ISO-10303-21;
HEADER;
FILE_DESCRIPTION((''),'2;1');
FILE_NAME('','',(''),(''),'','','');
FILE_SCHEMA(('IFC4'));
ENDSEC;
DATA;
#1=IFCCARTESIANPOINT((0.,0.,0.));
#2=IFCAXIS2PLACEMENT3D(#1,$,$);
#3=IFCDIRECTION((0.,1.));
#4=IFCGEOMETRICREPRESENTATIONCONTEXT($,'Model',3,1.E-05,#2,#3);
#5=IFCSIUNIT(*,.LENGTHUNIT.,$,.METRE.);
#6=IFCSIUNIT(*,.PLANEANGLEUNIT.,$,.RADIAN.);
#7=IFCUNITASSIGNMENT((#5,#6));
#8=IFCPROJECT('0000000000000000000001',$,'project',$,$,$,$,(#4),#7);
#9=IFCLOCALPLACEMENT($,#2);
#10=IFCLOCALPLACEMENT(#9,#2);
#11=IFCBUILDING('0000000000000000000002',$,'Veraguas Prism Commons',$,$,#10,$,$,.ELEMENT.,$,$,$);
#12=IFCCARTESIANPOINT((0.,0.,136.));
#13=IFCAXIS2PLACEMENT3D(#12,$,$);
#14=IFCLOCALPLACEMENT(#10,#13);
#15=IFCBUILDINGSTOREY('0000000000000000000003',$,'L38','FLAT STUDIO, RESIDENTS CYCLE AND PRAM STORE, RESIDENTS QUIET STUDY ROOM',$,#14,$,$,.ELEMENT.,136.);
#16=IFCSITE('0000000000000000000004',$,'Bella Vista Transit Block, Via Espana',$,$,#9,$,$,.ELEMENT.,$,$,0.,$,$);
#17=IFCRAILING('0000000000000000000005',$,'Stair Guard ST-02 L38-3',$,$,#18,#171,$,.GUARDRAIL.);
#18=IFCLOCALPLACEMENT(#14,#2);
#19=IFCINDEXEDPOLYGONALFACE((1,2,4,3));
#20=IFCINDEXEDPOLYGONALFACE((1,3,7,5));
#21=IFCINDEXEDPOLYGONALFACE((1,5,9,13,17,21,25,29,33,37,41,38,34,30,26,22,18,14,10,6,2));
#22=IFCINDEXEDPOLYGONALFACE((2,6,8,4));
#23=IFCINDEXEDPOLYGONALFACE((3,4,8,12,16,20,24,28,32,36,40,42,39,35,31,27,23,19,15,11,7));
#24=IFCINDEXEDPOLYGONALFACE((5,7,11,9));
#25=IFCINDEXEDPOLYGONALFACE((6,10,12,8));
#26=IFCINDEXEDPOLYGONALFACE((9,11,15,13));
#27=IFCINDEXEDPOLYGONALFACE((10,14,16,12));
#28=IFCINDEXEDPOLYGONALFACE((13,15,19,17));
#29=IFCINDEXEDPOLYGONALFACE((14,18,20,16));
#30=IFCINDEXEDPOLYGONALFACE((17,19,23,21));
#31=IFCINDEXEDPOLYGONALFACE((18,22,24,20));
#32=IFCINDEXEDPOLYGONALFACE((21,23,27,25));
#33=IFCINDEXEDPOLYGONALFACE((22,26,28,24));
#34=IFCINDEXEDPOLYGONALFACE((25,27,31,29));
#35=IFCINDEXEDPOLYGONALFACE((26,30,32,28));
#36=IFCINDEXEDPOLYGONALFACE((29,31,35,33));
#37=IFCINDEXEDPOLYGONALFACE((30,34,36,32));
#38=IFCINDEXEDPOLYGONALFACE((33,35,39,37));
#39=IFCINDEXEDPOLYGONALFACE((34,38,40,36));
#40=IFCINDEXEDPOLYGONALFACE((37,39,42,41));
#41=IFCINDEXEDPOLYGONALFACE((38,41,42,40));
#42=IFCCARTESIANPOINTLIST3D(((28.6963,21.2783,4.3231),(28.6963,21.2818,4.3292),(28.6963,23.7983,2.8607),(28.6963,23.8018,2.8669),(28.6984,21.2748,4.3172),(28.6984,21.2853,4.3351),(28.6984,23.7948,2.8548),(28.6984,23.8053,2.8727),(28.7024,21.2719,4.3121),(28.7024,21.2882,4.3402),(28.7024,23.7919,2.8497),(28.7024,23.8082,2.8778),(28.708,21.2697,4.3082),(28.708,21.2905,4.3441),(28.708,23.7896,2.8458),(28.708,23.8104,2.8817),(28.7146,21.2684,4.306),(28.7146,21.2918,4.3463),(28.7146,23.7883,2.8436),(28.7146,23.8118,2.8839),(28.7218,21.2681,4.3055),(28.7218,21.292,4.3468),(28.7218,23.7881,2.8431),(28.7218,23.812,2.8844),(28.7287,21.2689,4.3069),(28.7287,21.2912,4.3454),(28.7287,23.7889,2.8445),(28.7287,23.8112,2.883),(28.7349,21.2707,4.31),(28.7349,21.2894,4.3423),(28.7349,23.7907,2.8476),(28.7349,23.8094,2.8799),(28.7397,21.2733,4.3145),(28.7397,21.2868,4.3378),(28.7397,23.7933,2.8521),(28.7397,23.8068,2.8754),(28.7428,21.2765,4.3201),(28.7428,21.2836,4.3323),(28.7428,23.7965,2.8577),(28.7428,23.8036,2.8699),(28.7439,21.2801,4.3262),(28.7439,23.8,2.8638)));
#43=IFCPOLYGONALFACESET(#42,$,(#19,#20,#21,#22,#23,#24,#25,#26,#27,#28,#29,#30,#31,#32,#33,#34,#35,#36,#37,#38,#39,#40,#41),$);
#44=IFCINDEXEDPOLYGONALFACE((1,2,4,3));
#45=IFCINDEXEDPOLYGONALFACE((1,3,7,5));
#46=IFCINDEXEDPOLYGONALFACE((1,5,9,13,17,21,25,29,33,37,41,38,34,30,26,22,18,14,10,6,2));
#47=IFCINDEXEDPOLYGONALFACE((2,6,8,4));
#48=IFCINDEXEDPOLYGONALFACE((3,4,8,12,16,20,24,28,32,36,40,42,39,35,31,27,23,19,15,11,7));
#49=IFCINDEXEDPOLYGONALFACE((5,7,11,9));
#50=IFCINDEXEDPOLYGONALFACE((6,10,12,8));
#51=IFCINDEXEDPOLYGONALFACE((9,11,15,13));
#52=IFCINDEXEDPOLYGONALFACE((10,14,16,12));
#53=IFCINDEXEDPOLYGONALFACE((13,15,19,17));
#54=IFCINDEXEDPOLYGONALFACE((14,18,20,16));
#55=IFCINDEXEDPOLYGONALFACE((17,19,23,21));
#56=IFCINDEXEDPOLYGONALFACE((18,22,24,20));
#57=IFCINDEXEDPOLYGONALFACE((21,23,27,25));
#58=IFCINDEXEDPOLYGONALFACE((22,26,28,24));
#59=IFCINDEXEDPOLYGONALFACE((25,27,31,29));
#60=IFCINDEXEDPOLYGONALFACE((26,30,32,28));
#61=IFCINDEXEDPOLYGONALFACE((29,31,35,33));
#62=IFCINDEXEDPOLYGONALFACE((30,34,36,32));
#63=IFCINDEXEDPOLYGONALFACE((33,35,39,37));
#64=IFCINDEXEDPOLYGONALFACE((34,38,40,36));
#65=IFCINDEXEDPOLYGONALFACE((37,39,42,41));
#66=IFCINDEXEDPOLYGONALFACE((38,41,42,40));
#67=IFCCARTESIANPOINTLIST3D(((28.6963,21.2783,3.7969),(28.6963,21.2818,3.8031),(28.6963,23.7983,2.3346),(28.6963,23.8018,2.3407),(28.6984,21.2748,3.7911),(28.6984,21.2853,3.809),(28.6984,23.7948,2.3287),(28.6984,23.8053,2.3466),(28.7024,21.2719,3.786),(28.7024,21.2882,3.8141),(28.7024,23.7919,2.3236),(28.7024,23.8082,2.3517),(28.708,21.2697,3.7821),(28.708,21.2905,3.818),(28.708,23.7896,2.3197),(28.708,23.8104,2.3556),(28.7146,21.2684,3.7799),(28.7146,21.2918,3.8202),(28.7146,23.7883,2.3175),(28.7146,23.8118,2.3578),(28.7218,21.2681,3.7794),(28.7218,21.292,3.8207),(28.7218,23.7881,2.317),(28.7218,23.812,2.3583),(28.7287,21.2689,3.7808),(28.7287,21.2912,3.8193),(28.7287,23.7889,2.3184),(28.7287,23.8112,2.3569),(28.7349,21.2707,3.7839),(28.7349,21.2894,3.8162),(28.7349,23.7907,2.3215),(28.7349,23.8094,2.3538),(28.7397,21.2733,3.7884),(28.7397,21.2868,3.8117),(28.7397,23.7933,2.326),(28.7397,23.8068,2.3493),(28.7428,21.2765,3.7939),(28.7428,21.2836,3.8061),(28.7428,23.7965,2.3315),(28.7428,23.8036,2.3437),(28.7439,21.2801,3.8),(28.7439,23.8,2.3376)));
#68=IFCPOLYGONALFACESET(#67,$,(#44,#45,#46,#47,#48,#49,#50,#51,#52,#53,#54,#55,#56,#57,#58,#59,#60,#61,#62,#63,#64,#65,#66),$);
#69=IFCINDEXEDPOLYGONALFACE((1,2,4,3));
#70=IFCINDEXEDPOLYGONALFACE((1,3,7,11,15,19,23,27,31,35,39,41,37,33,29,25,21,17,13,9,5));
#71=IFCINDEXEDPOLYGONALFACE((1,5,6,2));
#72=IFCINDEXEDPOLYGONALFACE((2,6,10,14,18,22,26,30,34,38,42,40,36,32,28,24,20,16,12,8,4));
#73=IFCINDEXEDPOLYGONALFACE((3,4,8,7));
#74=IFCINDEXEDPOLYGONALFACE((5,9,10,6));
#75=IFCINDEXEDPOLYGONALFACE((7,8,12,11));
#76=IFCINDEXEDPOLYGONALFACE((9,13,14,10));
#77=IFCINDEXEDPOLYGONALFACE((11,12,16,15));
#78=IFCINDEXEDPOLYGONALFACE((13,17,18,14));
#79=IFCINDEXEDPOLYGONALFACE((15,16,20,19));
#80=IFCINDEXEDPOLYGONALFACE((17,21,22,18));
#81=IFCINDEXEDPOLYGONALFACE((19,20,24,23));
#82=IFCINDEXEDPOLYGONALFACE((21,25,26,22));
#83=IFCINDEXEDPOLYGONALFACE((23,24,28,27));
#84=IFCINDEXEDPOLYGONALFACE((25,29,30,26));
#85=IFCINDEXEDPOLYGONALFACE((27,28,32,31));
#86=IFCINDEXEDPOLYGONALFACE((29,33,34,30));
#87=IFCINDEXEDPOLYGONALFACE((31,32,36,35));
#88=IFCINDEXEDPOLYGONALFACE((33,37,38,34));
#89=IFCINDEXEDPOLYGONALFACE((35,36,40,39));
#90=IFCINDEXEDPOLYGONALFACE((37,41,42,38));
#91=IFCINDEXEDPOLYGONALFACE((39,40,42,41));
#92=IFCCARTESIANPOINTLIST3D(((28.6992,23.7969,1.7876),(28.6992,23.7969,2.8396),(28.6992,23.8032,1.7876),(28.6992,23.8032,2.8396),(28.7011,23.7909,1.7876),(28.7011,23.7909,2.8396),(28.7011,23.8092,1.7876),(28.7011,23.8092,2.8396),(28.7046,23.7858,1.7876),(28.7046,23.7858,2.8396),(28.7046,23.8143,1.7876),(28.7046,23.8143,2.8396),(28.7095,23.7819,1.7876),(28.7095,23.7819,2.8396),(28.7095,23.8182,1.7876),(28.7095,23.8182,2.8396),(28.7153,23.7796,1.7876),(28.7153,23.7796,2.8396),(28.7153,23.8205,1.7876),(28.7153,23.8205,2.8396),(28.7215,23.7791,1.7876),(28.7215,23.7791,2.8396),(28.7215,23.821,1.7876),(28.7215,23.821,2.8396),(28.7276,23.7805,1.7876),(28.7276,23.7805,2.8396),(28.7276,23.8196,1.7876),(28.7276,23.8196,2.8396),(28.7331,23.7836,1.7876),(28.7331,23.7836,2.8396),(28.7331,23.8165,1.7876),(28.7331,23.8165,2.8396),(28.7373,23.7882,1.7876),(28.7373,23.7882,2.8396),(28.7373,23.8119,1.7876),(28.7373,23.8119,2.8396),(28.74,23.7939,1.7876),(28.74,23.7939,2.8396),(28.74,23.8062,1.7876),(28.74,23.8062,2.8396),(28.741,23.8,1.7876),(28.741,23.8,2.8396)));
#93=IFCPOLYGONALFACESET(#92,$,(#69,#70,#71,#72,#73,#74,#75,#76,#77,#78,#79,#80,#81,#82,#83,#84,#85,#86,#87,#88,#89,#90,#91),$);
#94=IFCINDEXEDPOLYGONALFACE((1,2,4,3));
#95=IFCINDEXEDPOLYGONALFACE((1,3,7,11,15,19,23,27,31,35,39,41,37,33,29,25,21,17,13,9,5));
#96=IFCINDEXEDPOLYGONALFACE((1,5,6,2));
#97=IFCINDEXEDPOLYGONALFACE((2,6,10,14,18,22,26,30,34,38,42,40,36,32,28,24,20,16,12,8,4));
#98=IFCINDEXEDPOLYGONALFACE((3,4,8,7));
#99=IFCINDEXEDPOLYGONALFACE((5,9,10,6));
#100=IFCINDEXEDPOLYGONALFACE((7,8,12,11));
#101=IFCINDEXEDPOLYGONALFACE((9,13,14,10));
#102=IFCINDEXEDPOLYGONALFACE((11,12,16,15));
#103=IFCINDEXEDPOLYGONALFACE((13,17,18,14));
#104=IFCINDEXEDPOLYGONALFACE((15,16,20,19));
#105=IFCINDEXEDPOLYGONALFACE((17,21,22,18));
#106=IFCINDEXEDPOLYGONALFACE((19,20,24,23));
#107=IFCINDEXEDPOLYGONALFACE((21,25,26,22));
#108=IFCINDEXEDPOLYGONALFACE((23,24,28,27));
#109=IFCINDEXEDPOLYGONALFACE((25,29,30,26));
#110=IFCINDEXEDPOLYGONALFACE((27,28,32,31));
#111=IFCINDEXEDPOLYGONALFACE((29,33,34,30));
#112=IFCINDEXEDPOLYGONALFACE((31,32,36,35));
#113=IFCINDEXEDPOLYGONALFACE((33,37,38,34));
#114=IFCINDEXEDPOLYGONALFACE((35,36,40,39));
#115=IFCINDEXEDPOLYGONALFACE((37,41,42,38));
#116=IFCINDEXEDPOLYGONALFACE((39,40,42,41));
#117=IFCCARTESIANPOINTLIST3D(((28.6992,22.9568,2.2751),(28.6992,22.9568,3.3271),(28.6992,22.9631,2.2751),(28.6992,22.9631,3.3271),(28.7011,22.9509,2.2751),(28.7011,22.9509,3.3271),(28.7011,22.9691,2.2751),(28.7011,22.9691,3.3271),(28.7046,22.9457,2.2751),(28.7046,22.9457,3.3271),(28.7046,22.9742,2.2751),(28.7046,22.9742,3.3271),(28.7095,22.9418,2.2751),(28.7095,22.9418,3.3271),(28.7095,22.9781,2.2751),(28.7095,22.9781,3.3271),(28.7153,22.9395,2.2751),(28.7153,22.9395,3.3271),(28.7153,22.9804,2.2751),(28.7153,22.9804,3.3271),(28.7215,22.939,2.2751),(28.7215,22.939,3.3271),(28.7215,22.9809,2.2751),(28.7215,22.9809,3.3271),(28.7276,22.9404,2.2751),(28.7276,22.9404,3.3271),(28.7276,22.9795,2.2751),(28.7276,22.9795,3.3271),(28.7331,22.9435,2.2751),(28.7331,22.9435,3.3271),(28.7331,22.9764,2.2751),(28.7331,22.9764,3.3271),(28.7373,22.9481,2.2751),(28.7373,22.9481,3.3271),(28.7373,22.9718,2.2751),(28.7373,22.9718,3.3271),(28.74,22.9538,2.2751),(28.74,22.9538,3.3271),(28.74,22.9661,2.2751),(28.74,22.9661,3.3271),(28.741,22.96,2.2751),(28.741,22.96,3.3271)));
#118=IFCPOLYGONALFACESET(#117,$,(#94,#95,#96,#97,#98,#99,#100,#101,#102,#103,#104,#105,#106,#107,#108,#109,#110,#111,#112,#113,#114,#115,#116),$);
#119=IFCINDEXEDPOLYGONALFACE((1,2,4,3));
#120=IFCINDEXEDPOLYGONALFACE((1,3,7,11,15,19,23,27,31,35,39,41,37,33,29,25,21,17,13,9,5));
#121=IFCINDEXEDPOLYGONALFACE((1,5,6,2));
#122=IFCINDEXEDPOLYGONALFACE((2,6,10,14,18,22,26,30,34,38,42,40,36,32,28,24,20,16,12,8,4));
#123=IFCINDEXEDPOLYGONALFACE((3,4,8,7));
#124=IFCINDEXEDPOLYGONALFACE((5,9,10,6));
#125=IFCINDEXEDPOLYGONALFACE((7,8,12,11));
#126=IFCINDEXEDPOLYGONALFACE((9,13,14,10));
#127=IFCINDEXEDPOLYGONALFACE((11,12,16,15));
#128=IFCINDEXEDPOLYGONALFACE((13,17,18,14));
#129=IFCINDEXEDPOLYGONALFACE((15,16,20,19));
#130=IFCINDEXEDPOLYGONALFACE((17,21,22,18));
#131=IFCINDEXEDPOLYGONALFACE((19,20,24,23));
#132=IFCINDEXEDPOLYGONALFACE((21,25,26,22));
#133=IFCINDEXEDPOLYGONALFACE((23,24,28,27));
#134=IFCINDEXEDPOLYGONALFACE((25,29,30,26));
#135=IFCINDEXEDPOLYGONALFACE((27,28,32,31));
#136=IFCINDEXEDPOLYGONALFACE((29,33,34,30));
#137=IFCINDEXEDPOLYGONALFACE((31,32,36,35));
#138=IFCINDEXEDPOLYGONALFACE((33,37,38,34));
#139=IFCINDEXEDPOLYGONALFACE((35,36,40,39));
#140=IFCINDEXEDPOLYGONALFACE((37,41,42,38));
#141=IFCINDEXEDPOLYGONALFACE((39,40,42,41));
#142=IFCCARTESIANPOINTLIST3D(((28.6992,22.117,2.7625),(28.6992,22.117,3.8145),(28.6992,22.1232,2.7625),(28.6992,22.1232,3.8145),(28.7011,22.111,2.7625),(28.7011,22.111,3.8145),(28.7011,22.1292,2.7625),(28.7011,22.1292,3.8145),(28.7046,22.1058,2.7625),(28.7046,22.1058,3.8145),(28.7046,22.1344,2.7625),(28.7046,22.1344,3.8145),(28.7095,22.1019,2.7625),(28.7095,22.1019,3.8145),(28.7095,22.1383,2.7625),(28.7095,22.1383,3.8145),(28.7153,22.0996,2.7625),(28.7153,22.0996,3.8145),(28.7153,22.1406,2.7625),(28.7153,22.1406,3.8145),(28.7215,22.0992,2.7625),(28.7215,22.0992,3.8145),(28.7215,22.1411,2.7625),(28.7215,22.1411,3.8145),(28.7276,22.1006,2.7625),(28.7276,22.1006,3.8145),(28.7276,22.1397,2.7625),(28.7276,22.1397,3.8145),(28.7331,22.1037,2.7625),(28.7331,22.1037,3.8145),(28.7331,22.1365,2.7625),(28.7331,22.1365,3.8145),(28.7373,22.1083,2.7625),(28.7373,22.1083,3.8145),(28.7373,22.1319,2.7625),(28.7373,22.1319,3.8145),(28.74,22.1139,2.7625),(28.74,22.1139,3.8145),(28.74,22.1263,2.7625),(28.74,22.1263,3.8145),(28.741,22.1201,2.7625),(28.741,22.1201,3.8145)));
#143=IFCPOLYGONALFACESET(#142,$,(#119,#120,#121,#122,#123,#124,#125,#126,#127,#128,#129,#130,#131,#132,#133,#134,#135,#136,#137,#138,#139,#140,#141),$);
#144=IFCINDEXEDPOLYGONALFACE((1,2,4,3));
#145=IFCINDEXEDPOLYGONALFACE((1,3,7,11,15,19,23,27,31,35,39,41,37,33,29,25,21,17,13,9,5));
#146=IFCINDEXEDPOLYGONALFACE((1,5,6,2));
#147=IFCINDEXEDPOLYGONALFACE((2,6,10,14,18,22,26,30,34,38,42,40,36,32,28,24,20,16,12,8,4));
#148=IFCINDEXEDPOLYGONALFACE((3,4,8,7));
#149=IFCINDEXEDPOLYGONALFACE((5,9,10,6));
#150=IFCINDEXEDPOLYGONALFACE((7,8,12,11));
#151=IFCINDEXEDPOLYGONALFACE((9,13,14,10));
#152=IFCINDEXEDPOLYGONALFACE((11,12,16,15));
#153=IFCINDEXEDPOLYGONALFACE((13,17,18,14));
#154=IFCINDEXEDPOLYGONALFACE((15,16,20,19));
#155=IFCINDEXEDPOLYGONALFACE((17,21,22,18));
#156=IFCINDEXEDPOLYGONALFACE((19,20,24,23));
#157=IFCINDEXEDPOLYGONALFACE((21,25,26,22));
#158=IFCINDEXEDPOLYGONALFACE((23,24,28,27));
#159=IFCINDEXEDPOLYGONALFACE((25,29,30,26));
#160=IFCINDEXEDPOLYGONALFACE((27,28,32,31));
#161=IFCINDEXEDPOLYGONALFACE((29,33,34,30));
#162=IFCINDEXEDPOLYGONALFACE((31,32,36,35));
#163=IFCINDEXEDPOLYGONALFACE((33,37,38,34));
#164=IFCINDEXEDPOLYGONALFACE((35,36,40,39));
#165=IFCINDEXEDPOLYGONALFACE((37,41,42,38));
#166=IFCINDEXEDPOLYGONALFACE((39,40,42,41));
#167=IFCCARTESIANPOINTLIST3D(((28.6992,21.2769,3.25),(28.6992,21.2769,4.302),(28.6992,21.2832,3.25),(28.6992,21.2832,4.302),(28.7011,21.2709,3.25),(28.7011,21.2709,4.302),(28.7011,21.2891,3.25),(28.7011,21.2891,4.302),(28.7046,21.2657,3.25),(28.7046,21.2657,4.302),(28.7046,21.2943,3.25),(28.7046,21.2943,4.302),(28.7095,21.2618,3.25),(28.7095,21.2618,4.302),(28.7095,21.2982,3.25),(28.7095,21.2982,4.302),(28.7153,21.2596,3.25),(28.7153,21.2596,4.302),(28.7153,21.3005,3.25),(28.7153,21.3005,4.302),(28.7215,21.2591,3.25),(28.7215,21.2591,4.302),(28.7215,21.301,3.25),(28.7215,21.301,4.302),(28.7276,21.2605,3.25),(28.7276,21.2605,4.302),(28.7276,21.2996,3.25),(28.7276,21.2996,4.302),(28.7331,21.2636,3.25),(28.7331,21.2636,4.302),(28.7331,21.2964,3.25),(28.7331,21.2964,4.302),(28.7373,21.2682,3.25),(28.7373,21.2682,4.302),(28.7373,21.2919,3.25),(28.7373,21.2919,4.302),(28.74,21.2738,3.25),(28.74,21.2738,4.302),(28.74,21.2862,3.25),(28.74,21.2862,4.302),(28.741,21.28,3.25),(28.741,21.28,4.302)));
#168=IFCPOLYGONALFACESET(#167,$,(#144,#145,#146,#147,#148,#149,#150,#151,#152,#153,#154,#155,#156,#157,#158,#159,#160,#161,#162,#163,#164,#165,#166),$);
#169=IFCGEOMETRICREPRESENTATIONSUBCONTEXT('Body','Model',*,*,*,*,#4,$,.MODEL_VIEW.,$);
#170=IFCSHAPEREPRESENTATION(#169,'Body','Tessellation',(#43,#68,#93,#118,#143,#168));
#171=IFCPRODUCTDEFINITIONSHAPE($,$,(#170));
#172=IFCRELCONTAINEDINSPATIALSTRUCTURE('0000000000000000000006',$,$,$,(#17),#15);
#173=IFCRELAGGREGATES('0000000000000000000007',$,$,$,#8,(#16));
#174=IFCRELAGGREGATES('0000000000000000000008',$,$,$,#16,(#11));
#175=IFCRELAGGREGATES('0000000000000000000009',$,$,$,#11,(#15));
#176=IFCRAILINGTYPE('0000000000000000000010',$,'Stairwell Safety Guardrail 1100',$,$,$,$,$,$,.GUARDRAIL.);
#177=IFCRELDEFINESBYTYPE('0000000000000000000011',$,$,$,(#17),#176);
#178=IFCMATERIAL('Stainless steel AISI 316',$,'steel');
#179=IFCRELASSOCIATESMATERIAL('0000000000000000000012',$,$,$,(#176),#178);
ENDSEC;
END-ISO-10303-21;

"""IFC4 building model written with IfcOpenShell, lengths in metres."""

from ifc_helpers import new_model, si_unit, direction, frame, origin, origin_2d, place, context, subcontext, project, spatial, circle, extrude, material, type_object, element, save


model = new_model("IFC4")

# Units and contexts
model_context = context("Model", 3, precision=1e-05, world=origin(), true_north=direction((0.0, 1.0)))
body_context = subcontext(model_context, "Body", "Model", "MODEL_VIEW")
ifc_project = project(units=[si_unit("LENGTHUNIT", "METRE"), si_unit("PLANEANGLEUNIT", "RADIAN")], contexts=[model_context])

# Site, building, storey
site_placement = place(None, origin())
site = spatial("IfcSite", under=ifc_project, at=site_placement, Name="Bella Vista Transit Block, Via Espana", CompositionType="ELEMENT", RefElevation=0.0)
building_placement = place(site_placement, origin())
building = spatial("IfcBuilding", under=site, at=building_placement, Name="Veraguas Prism Commons", CompositionType="ELEMENT")
storey_placement = place(building_placement, frame((0.0, 0.0, 136.0)))
storey = spatial("IfcBuildingStorey", under=building, at=storey_placement, Name="L38", Description="FLAT STUDIO, RESIDENTS CYCLE AND PRAM STORE, RESIDENTS QUIET STUDY ROOM", CompositionType="ELEMENT", Elevation=136.0)

# Shared definitions
ifc_material_1 = material(Name="Stainless steel AISI 316", Category="steel")

# Railing
railing_type_1 = type_object("IfcRailingType", Name="Stairwell Safety Guardrail 1100", PredefinedType="GUARDRAIL", material=ifc_material_1)
railing_1_placement = place(storey_placement, frame((28.72, 23.8, 1.7876)))
element("IfcRailing", 1, at=railing_1_placement, inside=storey, type_object=railing_type_1, Name="Stair Guard ST-02 L38-3", PredefinedType="GUARDRAIL", context=body_context, shape_type="SweptSolid", body=[
    extrude(circle(Radius=0.0239, at=origin_2d()), frame((0.0, 0.0, 1.0762), z_axis=(0.0, -0.864913, 0.501921), x_axis=(1.0, 0.0, 0.0)), (0.0, 0.0, 1.0), 2.9136),
    extrude(circle(Radius=0.0239, at=origin_2d()), frame((0.0, 0.0, 0.55), z_axis=(0.0, -0.864913, 0.501921), x_axis=(1.0, 0.0, 0.0)), (0.0, 0.0, 1.0), 2.9136),
    extrude(circle(Radius=0.021, at=origin_2d()), origin(), (0.0, 0.0, 1.0), 1.052),
    extrude(circle(Radius=0.021, at=origin_2d()), frame((0.0, -0.8401, 0.4875)), (0.0, 0.0, 1.0), 1.052),
    extrude(circle(Radius=0.021, at=origin_2d()), frame((0.0, -1.6799, 0.9749)), (0.0, 0.0, 1.0), 1.052),
    extrude(circle(Radius=0.021, at=origin_2d()), frame((0.0, -2.52, 1.4624)), (0.0, 0.0, 1.0), 1.052),
])

save(model, "model.ifc")
